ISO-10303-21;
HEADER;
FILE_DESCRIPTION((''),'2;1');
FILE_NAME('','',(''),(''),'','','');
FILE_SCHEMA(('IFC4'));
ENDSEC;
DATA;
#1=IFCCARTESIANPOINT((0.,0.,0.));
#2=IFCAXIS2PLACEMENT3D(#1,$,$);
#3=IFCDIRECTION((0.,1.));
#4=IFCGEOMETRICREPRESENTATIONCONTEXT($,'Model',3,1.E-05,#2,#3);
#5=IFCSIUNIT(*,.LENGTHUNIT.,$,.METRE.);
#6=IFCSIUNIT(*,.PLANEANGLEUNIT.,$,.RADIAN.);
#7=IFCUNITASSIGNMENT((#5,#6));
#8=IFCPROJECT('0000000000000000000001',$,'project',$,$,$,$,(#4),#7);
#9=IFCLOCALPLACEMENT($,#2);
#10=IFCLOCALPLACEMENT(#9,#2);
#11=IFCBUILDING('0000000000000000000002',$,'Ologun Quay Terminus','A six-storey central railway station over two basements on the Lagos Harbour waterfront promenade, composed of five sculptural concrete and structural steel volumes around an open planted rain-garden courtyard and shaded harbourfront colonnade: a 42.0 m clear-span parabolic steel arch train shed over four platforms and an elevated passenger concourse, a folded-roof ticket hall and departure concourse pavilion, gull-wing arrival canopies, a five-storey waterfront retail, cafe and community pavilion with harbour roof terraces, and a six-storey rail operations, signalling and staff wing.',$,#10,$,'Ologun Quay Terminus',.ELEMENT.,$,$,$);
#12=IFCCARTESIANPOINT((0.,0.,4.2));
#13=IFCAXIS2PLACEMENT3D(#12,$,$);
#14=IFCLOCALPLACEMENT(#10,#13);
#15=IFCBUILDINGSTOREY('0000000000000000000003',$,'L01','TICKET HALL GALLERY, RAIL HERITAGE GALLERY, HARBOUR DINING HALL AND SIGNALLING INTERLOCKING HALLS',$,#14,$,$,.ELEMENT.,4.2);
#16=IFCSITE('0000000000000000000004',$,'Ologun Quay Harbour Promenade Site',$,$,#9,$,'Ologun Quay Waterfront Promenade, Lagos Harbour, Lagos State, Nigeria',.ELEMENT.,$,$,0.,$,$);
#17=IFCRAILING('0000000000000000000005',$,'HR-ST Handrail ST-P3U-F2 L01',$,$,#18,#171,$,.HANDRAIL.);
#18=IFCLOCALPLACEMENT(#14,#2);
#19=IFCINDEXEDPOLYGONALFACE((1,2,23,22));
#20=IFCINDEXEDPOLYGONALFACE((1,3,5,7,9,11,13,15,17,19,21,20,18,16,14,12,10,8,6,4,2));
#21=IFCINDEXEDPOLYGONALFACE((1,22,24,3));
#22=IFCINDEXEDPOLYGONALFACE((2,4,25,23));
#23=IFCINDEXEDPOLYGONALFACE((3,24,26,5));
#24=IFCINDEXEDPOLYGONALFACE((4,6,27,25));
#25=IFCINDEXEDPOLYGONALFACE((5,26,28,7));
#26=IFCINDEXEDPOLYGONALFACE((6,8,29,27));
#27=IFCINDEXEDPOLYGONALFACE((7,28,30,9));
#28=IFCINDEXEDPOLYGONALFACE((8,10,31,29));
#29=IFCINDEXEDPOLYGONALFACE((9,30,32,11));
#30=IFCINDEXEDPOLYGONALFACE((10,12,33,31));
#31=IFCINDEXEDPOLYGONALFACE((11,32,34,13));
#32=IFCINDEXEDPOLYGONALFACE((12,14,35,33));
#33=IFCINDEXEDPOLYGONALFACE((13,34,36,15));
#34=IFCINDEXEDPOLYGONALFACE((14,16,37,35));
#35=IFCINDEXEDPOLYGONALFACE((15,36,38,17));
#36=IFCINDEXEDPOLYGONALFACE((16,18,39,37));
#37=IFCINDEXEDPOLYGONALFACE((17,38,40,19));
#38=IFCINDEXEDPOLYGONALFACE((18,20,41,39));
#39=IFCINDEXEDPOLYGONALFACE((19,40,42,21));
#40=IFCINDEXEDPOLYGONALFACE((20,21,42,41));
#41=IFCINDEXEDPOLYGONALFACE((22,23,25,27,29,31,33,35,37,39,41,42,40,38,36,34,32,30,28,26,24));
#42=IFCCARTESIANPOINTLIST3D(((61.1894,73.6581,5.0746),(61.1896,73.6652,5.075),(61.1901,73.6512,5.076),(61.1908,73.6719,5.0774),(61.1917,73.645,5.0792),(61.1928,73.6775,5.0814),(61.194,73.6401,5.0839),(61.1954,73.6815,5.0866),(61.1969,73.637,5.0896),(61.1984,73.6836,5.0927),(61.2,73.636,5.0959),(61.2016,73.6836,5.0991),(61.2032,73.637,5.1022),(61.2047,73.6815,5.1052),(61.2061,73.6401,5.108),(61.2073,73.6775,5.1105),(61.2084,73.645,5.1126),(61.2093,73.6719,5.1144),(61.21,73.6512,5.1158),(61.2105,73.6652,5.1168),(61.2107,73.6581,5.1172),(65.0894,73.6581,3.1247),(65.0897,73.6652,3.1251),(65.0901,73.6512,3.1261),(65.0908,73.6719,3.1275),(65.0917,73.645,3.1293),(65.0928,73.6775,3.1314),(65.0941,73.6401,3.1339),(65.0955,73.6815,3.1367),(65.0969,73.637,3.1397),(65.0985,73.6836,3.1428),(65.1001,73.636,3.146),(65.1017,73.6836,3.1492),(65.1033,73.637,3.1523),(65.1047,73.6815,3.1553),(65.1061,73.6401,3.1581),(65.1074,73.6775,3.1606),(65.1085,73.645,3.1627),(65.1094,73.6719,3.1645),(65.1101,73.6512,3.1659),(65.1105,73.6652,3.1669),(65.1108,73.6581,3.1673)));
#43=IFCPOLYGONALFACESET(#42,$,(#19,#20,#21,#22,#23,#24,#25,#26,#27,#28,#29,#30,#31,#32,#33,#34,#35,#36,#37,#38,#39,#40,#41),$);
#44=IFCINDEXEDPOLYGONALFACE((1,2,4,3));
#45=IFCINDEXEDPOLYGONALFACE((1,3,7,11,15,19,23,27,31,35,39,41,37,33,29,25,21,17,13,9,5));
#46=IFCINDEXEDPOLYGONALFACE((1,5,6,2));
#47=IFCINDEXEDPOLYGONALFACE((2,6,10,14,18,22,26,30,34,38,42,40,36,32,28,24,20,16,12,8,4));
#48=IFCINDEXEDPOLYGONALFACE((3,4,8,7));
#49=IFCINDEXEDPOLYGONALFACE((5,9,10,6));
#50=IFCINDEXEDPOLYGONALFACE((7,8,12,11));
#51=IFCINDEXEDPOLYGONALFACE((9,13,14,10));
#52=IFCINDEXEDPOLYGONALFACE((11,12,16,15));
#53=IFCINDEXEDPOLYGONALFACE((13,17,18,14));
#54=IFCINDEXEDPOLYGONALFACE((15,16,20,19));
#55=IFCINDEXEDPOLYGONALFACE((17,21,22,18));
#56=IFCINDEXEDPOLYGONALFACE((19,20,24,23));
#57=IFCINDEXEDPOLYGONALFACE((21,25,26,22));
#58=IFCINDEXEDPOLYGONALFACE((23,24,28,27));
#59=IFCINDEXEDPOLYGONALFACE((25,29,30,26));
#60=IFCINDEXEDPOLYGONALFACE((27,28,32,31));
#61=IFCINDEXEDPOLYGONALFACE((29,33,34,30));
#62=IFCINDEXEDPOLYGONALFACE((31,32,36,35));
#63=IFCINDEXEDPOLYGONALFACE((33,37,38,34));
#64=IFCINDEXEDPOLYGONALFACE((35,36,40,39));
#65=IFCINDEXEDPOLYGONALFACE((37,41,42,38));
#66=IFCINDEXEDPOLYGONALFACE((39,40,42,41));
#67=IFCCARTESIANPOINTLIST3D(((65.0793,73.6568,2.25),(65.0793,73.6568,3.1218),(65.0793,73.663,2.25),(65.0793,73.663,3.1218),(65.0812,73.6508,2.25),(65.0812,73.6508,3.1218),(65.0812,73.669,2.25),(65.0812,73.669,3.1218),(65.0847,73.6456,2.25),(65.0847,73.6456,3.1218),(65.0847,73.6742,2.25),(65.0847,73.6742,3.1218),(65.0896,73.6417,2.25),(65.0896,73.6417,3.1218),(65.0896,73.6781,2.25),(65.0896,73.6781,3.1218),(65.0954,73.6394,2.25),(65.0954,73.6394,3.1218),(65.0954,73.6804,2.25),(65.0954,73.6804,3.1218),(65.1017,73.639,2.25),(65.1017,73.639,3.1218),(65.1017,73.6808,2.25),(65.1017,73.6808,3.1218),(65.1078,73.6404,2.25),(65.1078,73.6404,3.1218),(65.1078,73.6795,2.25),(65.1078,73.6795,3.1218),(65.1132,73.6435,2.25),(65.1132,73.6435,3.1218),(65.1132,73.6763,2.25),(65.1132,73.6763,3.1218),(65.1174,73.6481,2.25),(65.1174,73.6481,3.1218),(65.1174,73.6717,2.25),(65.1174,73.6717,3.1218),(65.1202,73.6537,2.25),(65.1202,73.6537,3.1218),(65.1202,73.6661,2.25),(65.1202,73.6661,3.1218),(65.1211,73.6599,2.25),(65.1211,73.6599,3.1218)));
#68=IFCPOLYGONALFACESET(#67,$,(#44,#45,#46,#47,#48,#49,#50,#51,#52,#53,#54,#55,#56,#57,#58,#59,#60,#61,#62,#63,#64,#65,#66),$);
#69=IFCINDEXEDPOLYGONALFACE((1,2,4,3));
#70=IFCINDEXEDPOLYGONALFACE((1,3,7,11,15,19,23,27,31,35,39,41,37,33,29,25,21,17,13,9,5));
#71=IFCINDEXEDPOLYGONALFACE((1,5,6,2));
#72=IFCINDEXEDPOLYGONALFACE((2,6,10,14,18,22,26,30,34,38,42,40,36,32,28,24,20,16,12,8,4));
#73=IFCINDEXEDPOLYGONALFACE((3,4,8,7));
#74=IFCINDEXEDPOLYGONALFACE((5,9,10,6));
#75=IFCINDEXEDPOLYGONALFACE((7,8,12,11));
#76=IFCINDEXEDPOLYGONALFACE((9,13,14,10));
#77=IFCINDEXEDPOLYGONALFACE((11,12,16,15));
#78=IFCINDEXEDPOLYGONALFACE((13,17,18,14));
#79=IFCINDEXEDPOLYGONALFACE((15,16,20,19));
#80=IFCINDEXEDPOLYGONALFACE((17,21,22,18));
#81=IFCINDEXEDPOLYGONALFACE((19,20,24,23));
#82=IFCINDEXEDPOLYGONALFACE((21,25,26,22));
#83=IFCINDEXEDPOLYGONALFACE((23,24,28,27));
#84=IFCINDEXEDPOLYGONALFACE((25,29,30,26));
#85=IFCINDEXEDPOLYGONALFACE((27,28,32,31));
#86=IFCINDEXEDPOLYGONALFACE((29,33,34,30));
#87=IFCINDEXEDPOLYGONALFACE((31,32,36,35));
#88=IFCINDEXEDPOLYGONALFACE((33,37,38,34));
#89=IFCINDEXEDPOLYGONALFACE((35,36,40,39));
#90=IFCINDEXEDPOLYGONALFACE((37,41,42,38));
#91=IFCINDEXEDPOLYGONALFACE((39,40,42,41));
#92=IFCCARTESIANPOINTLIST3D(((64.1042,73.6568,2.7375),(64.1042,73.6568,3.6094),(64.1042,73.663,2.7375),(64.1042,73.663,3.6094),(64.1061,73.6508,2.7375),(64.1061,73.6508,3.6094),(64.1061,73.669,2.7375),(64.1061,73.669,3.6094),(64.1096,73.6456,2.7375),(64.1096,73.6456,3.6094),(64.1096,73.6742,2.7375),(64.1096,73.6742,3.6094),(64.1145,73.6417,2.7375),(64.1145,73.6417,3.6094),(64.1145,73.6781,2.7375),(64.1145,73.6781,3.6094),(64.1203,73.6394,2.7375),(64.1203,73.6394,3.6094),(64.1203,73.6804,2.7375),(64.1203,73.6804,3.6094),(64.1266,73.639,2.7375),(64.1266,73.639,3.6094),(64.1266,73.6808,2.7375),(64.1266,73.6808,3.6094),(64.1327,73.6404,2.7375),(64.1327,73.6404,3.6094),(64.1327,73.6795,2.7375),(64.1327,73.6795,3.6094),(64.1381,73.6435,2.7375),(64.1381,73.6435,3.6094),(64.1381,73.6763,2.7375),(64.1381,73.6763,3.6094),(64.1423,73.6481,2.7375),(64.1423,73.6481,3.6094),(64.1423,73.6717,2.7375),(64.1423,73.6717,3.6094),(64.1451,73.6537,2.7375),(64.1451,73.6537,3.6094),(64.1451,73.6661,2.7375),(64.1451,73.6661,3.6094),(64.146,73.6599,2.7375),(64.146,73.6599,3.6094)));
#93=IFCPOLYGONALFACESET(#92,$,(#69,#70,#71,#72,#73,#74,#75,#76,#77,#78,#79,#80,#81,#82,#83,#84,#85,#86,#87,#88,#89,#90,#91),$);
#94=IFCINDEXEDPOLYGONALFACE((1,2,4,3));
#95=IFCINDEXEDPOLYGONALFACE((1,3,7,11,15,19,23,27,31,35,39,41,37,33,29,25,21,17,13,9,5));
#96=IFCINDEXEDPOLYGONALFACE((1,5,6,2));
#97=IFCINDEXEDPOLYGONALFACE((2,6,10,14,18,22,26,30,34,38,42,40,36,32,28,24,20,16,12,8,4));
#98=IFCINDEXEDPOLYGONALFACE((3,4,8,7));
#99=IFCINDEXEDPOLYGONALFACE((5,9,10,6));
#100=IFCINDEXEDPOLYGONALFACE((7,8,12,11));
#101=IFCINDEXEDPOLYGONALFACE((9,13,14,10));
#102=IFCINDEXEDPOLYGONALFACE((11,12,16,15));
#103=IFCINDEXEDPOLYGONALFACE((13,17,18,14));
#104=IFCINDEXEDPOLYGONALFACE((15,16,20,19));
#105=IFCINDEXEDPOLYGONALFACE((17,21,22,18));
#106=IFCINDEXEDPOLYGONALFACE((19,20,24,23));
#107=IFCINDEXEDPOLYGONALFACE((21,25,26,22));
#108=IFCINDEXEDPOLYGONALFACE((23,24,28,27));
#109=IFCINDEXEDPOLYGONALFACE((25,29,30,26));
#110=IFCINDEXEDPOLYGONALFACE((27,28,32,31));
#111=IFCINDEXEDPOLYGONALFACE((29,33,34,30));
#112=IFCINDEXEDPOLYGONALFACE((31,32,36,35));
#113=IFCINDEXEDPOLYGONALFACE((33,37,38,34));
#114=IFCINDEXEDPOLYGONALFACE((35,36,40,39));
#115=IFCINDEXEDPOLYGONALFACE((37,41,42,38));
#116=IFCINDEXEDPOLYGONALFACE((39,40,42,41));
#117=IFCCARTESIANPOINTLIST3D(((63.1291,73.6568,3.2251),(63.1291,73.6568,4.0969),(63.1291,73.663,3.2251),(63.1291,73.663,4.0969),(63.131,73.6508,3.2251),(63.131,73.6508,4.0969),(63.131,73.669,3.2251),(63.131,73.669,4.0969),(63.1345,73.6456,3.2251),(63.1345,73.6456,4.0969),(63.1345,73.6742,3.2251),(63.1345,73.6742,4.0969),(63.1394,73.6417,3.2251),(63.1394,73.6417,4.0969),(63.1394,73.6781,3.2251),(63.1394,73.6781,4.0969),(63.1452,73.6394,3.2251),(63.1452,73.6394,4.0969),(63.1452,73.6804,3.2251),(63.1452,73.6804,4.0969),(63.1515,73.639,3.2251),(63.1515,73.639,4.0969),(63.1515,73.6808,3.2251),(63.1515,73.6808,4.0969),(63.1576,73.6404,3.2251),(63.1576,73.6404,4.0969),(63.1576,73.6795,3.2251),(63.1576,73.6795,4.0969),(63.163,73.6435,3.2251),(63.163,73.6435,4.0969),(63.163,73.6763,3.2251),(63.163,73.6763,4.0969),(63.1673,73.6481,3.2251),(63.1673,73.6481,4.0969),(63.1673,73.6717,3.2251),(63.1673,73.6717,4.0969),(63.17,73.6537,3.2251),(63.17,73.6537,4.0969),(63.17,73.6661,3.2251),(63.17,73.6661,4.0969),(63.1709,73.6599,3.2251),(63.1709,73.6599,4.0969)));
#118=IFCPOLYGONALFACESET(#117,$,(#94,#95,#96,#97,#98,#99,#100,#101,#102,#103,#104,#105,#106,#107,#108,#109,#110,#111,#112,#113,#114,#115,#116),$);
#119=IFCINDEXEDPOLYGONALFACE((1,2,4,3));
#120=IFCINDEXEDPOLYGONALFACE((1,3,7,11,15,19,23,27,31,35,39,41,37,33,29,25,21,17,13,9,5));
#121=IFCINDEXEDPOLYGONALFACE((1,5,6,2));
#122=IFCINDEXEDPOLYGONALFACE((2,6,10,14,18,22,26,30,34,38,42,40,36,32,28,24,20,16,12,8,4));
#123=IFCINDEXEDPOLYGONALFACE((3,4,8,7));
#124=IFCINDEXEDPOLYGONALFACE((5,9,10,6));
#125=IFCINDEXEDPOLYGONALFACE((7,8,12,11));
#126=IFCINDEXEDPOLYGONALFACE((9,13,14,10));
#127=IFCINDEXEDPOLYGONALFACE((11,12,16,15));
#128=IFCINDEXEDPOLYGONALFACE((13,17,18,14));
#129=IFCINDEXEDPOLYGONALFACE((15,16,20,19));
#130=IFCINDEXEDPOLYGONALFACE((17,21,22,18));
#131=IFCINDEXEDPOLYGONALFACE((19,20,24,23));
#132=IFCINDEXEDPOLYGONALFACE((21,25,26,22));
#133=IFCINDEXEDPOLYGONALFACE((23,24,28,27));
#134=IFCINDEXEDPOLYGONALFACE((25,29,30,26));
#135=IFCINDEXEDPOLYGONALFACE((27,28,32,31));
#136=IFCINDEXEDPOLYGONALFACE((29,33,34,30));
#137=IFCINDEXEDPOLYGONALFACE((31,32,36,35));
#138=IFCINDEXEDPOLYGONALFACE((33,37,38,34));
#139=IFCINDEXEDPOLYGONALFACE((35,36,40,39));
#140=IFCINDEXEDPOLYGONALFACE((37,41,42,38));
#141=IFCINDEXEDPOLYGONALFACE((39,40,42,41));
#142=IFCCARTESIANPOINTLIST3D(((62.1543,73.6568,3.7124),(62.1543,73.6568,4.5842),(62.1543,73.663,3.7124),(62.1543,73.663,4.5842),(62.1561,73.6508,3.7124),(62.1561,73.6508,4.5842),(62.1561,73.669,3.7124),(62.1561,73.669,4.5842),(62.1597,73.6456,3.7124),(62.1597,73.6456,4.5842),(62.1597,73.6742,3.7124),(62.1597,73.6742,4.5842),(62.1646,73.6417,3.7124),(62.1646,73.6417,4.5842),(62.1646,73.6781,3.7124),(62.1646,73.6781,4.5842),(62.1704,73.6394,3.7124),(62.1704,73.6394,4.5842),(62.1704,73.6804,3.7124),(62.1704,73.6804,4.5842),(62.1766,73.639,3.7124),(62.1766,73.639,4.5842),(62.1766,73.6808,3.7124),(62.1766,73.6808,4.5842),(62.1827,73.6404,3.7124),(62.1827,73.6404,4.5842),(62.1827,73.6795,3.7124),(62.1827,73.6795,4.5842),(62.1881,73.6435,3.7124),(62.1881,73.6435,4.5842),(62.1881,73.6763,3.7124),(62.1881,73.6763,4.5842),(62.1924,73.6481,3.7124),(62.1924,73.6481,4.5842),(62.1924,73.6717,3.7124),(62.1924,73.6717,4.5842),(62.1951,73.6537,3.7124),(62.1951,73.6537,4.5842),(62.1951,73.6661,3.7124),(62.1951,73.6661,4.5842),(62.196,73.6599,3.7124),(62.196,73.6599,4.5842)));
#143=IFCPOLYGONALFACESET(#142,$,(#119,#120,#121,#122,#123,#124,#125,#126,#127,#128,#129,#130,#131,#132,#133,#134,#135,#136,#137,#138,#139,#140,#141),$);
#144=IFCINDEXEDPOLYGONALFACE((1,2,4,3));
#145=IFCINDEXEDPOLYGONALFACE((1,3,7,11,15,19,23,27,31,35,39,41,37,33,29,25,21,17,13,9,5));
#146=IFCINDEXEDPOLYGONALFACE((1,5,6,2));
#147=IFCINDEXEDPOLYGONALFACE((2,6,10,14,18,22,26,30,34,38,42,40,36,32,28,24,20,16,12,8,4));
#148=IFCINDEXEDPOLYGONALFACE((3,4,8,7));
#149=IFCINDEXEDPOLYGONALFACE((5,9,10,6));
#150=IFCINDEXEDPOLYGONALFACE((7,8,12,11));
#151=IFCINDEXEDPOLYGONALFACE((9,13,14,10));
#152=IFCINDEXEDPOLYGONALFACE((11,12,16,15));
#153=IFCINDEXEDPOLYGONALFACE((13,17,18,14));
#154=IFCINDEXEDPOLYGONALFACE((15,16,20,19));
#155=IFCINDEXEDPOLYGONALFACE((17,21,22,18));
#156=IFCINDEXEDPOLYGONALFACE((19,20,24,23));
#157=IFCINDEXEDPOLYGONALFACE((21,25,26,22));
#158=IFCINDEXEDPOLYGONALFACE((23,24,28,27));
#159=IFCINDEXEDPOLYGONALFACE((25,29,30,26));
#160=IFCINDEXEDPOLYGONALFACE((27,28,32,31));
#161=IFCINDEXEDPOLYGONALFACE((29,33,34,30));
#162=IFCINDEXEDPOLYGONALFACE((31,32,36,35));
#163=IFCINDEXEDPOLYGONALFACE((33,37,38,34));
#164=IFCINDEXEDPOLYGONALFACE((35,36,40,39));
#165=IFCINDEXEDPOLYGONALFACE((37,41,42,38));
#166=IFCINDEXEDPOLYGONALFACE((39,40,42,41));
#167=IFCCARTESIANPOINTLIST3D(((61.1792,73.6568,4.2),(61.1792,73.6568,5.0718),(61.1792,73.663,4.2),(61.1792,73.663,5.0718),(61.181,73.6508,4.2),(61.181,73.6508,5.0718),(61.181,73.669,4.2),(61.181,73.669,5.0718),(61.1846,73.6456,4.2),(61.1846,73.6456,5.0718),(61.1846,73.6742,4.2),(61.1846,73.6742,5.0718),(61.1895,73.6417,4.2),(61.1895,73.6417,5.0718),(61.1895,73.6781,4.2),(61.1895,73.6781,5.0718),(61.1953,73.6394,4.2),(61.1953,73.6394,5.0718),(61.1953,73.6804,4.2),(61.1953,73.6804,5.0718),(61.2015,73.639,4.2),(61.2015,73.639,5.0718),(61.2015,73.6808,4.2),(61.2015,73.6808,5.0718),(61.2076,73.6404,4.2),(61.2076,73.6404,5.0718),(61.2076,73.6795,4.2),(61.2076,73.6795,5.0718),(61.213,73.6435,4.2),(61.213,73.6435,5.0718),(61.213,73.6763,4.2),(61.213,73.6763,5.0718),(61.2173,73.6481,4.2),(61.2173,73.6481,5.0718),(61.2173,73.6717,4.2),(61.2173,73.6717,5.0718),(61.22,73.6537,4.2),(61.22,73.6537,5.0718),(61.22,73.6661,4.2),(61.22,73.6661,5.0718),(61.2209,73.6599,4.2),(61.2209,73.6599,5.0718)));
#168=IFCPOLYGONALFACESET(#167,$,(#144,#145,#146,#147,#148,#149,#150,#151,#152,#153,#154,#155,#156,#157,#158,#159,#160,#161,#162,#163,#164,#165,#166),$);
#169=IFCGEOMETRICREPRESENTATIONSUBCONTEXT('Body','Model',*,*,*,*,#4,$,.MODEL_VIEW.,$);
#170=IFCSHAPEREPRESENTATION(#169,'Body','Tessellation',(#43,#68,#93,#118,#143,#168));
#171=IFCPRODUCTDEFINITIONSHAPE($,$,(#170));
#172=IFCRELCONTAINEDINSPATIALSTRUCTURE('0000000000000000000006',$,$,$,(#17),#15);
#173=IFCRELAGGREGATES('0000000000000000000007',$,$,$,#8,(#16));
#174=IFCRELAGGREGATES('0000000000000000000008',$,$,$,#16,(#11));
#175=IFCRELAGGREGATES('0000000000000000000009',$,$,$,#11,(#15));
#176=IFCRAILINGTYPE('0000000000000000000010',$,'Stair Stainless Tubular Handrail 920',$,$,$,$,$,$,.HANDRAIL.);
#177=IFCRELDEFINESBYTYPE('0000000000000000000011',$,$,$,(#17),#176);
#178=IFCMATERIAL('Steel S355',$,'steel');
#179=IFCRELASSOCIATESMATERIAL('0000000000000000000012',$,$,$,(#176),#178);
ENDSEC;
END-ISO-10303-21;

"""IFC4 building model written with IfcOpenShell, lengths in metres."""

from ifc_helpers import new_model, si_unit, direction, frame, origin, origin_2d, place, context, subcontext, project, spatial, circle, extrude, material, type_object, element, save


model = new_model("IFC4")

# Units and contexts
model_context = context("Model", 3, precision=1e-05, world=origin(), true_north=direction((0.0, 1.0)))
body_context = subcontext(model_context, "Body", "Model", "MODEL_VIEW")
ifc_project = project(units=[si_unit("LENGTHUNIT", "METRE"), si_unit("PLANEANGLEUNIT", "RADIAN")], contexts=[model_context])

# Site, building, storey
site_placement = place(None, origin())
site = spatial("IfcSite", under=ifc_project, at=site_placement, Name="Ologun Quay Harbour Promenade Site", LongName="Ologun Quay Waterfront Promenade, Lagos Harbour, Lagos State, Nigeria", CompositionType="ELEMENT", RefElevation=0.0)
building_placement = place(site_placement, origin())
building = spatial("IfcBuilding", under=site, at=building_placement, Name="Ologun Quay Terminus", Description="A six-storey central railway station over two basements on the Lagos Harbour waterfront promenade, composed of five sculptural concrete and structural steel volumes around an open planted rain-garden courtyard and shaded harbourfront colonnade: a 42.0 m clear-span parabolic steel arch train shed over four platforms and an elevated passenger concourse, a folded-roof ticket hall and departure concourse pavilion, gull-wing arrival canopies, a five-storey waterfront retail, cafe and community pavilion with harbour roof terraces, and a six-storey rail operations, signalling and staff wing.", LongName="Ologun Quay Terminus", CompositionType="ELEMENT")
storey_placement = place(building_placement, frame((0.0, 0.0, 4.2)))
storey = spatial("IfcBuildingStorey", under=building, at=storey_placement, Name="L01", Description="TICKET HALL GALLERY, RAIL HERITAGE GALLERY, HARBOUR DINING HALL AND SIGNALLING INTERLOCKING HALLS", CompositionType="ELEMENT", Elevation=4.2)

# Railing
ifc_material_1 = material(Name="Steel S355", Category="steel")
railing_type_1 = type_object("IfcRailingType", Name="Stair Stainless Tubular Handrail 920", PredefinedType="HANDRAIL", material=ifc_material_1)
railing_1_placement = place(storey_placement, frame((65.1001, 73.6599, 2.25)))
element("IfcRailing", 1, at=railing_1_placement, inside=storey, type_object=railing_type_1, Name="HR-ST Handrail ST-P3U-F2 L01", PredefinedType="HANDRAIL", context=body_context, shape_type="SweptSolid", body=[
    extrude(circle(Radius=0.0239, at=origin_2d()), frame((0.0, 0.0, 0.896), z_axis=(-0.894438, 0.0, 0.447191), x_axis=(0.0, -1.0, 0.0)), (0.0, 0.0, 1.0), 4.3604),
    extrude(circle(Radius=0.021, at=origin_2d()), origin(), (0.0, 0.0, 1.0), 0.8718),
    extrude(circle(Radius=0.021, at=origin_2d()), frame((-0.9751, 0.0, 0.4875)), (0.0, 0.0, 1.0), 0.8718),
    extrude(circle(Radius=0.021, at=origin_2d()), frame((-1.9502, 0.0, 0.9751)), (0.0, 0.0, 1.0), 0.8718),
    extrude(circle(Radius=0.021, at=origin_2d()), frame((-2.925, 0.0, 1.4624)), (0.0, 0.0, 1.0), 0.8718),
    extrude(circle(Radius=0.021, at=origin_2d()), frame((-3.9001, 0.0, 1.95)), (0.0, 0.0, 1.0), 0.8718),
])

save(model, "model.ifc")
